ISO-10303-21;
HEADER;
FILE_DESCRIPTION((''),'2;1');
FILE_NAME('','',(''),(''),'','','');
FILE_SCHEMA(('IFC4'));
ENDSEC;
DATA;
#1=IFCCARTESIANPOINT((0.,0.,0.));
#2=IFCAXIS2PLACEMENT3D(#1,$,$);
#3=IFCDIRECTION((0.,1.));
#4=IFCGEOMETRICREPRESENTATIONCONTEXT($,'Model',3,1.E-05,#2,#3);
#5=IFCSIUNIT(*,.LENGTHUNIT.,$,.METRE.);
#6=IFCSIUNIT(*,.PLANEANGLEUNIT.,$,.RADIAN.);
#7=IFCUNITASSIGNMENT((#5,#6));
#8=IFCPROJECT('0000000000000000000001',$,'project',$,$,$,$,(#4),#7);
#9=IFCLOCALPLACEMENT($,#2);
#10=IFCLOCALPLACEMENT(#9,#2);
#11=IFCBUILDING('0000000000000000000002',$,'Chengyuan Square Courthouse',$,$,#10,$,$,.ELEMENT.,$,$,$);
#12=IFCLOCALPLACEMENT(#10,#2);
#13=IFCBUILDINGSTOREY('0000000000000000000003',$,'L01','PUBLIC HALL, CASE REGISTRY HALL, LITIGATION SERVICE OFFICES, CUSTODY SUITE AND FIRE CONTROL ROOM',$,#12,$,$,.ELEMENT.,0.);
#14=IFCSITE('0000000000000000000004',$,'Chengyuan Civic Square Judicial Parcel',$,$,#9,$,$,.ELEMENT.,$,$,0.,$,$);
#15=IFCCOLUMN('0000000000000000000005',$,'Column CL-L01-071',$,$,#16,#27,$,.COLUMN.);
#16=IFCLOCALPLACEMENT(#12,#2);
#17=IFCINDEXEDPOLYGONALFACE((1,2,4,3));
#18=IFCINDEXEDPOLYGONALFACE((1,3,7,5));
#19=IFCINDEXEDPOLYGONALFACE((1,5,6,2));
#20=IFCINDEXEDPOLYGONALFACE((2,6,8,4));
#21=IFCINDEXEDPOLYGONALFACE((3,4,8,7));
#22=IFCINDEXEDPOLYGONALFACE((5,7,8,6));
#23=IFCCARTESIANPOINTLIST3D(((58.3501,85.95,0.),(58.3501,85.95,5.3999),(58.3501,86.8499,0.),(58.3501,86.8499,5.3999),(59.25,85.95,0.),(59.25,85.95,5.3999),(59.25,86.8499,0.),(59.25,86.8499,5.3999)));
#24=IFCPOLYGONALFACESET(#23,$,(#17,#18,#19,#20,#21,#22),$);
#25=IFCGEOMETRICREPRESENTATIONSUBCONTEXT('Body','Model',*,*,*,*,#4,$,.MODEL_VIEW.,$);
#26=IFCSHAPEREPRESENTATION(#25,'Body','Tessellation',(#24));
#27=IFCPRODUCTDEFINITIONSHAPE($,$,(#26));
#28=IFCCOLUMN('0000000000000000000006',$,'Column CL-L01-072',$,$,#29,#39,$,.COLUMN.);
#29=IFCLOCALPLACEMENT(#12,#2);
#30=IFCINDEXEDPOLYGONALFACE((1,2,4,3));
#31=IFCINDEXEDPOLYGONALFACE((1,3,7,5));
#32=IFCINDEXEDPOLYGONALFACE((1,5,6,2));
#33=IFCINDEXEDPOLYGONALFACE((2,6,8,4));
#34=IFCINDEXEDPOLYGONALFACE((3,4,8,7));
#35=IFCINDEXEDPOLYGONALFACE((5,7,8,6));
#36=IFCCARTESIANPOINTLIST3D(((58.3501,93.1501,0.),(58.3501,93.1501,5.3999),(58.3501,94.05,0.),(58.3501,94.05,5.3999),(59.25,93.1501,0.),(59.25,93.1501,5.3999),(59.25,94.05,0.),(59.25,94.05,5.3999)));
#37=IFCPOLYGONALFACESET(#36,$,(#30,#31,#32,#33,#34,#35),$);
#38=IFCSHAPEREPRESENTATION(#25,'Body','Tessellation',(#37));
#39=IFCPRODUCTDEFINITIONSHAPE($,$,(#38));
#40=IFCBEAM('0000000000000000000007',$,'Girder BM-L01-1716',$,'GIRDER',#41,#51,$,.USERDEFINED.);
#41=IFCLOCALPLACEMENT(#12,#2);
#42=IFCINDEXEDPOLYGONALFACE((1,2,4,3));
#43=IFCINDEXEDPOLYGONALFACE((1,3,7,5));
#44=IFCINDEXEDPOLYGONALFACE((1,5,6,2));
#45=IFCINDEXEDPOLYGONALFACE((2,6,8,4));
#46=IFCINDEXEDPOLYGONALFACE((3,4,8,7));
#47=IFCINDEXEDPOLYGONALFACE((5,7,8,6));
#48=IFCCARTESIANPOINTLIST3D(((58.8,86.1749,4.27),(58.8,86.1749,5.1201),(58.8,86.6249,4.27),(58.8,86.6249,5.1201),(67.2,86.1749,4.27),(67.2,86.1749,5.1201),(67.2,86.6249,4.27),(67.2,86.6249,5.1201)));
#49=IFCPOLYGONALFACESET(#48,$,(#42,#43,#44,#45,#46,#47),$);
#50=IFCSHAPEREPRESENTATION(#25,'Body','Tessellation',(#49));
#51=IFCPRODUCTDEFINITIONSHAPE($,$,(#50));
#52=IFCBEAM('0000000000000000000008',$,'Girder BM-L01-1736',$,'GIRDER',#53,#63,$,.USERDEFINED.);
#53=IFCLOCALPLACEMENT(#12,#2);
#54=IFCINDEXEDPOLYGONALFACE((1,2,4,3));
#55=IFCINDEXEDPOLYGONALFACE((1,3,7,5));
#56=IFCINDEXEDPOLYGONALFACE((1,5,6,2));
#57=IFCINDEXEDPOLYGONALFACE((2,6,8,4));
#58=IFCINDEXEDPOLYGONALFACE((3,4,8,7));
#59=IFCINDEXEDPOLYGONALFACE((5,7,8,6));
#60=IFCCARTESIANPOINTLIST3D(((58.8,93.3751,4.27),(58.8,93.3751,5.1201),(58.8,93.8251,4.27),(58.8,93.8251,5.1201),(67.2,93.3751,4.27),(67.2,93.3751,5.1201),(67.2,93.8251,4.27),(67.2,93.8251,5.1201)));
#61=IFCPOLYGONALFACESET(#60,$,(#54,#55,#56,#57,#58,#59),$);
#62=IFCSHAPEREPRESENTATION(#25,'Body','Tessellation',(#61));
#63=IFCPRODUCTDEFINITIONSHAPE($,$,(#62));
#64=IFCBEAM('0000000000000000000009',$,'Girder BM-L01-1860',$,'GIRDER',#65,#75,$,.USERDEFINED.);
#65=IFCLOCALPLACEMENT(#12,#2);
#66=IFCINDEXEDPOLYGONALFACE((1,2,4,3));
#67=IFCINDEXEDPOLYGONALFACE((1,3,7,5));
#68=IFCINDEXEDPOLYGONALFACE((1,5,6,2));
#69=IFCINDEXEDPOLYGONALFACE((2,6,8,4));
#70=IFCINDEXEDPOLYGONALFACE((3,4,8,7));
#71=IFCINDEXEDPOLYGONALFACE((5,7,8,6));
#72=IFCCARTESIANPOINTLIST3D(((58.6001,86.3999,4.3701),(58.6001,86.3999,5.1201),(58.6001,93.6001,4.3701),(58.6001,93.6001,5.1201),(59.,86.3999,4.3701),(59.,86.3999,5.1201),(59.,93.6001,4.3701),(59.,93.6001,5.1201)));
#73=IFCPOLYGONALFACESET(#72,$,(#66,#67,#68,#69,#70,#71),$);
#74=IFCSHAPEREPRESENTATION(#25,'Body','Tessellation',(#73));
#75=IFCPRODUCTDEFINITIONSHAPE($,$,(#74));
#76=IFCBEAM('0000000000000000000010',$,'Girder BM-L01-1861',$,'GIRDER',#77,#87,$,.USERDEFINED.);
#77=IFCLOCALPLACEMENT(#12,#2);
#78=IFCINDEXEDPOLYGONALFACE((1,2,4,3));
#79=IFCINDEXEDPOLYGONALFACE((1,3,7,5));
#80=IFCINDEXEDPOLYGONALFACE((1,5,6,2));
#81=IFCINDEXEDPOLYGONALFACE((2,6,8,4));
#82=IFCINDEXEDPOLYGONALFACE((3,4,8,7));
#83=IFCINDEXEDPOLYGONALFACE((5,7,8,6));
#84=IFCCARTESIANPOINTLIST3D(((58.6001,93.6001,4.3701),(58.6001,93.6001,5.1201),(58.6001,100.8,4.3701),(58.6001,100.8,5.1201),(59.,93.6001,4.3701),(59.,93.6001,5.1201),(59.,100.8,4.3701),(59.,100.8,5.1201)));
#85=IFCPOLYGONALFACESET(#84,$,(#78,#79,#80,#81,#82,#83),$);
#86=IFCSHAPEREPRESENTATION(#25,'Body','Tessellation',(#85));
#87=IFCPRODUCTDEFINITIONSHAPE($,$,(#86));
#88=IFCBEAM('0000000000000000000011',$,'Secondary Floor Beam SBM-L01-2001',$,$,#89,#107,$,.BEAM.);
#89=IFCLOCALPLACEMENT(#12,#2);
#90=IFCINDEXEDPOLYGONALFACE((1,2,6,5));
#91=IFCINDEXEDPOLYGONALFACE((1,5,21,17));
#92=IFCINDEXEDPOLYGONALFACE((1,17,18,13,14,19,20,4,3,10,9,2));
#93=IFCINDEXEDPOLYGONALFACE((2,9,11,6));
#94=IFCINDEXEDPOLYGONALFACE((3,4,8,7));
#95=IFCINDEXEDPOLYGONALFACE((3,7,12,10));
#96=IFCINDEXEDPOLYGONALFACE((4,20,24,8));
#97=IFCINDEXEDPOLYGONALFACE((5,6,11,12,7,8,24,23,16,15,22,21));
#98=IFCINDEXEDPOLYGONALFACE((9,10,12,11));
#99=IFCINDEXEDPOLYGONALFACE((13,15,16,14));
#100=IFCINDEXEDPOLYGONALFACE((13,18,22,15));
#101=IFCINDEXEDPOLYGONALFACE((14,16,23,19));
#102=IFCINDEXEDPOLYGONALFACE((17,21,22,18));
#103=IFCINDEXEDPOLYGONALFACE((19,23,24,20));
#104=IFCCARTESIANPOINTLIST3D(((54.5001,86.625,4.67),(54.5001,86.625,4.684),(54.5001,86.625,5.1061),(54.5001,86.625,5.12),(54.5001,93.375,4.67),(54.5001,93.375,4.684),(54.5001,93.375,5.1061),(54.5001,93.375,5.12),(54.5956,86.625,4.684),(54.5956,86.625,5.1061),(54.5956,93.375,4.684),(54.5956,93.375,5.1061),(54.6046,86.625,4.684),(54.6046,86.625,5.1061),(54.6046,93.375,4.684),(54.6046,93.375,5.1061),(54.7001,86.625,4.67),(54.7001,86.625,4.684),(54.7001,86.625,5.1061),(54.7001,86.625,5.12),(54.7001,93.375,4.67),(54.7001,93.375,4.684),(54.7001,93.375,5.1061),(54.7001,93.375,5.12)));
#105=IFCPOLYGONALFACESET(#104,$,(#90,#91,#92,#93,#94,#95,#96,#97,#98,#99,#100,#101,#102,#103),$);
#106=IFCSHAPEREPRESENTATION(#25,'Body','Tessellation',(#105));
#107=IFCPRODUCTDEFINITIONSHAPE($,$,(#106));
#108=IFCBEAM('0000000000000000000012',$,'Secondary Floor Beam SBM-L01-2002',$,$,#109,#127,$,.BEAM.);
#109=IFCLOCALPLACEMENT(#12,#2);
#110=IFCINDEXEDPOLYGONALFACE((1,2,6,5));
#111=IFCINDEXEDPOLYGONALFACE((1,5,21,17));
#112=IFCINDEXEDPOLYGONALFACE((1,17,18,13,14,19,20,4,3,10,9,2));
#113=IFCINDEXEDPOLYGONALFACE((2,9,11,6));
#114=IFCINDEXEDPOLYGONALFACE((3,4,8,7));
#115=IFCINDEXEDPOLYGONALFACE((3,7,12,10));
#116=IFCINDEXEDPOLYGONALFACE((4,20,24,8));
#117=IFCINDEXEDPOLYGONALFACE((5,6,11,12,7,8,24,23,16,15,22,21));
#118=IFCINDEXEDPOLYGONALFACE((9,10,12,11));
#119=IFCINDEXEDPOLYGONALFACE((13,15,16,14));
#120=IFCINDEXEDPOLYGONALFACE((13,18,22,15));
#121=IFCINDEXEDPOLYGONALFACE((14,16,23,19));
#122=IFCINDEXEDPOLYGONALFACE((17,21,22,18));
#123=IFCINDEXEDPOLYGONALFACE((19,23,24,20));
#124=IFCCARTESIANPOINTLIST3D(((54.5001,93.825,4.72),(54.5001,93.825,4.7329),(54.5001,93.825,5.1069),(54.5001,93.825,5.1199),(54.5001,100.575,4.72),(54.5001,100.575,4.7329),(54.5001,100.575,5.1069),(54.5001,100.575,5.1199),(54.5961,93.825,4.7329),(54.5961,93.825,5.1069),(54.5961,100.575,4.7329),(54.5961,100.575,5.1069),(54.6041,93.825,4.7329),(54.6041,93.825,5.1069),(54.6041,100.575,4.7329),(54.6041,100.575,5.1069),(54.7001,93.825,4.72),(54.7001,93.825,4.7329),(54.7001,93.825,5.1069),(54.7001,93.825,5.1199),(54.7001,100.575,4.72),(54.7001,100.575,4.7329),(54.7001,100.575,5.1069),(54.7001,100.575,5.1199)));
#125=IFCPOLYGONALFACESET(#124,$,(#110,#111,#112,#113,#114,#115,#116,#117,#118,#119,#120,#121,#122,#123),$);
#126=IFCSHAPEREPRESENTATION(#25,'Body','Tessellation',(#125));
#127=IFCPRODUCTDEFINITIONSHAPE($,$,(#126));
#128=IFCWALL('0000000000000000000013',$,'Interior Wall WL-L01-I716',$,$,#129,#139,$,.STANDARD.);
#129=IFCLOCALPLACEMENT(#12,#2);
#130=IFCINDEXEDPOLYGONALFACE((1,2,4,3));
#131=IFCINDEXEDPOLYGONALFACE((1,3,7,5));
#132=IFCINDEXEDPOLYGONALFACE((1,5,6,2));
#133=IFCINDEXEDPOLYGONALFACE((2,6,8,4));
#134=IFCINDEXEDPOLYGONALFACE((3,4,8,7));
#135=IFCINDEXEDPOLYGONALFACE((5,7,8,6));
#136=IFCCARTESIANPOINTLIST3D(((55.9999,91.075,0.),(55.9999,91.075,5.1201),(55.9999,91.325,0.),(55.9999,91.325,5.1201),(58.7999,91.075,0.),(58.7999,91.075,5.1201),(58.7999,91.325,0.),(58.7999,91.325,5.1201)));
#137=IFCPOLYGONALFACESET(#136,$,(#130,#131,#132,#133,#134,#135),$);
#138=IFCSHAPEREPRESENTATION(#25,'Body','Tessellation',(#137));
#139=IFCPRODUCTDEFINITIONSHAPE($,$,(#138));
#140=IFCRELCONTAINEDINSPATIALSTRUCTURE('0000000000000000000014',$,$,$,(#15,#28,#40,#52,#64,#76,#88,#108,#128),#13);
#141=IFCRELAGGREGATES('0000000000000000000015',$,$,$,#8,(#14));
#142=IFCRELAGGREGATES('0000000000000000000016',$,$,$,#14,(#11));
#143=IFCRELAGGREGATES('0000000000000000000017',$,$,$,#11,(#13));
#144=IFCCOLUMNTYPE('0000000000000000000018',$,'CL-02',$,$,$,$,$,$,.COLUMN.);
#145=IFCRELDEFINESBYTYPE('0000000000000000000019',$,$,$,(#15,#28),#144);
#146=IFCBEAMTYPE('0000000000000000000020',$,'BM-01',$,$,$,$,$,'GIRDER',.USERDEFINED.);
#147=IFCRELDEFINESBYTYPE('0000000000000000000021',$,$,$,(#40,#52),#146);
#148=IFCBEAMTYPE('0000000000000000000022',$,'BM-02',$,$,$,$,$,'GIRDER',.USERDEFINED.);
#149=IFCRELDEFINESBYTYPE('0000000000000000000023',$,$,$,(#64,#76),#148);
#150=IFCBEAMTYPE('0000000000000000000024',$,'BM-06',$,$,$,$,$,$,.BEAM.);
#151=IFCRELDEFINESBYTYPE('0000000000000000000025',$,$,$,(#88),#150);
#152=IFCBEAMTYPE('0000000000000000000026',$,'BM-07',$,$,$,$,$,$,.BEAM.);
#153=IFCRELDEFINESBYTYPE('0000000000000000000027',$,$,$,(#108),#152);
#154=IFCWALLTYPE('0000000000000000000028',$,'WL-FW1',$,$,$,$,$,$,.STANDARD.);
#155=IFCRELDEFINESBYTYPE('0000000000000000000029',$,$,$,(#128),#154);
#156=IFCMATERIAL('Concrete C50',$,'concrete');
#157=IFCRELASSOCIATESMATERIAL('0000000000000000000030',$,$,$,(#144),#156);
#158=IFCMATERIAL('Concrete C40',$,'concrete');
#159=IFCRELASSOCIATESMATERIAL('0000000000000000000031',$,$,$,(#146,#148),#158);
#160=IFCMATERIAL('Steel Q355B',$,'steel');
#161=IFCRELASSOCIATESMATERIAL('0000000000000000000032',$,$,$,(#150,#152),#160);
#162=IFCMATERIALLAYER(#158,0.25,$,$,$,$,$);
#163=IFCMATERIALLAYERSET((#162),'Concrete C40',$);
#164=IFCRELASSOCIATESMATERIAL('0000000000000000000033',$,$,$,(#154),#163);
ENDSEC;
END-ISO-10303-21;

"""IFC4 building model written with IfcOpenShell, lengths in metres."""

from ifc_helpers import new_model, si_unit, direction, frame, frame_2d, origin, origin_2d, place, context, subcontext, project, spatial, rectangle, i_section, extrude, material, layer, layer_set, material_profile, profile_set, type_object, element, save


model = new_model("IFC4")

# Units and contexts
model_context = context("Model", 3, precision=1e-05, world=origin(), true_north=direction((0.0, 1.0)))
body_context = subcontext(model_context, "Body", "Model", "MODEL_VIEW")
ifc_project = project(units=[si_unit("LENGTHUNIT", "METRE"), si_unit("PLANEANGLEUNIT", "RADIAN")], contexts=[model_context])

# Site, building, storey
site_placement = place(None, origin())
site = spatial("IfcSite", under=ifc_project, at=site_placement, Name="Chengyuan Civic Square Judicial Parcel", CompositionType="ELEMENT", RefElevation=0.0)
building_placement = place(site_placement, origin())
building = spatial("IfcBuilding", under=site, at=building_placement, Name="Chengyuan Square Courthouse", CompositionType="ELEMENT")
storey_placement = place(building_placement, origin())
storey = spatial("IfcBuildingStorey", under=building, at=storey_placement, Name="L01", Description="PUBLIC HALL, CASE REGISTRY HALL, LITIGATION SERVICE OFFICES, CUSTODY SUITE AND FIRE CONTROL ROOM", CompositionType="ELEMENT", Elevation=0.0)

# Columns
ifc_material_1 = material(Name="Concrete C50", Category="concrete")
ifc_material_profile_1 = material_profile(ifc_material_1, rectangle(XDim=0.8999, YDim=0.8999, at=origin_2d()), Name="RC-COL-900x900")
ifc_profile_set_1 = profile_set([ifc_material_profile_1], Name="Concrete C50")
column_type = type_object("IfcColumnType", Name="CL-02", PredefinedType="COLUMN", material=ifc_profile_set_1)
for number, where, z_axis, x_axis, name in (
    (1, (58.8, 86.3999, 0.0), (0.0, 0.0, 1.0), (1.0, 0.0, 0.0), "Column CL-L01-071"),
    (2, (58.8, 93.6001, 0.0), (0.0, 0.0, 1.0), (1.0, 0.0, 0.0), "Column CL-L01-072"),
):
    element("IfcColumn", number, at=place(storey_placement, frame(where, z_axis=z_axis, x_axis=x_axis)), inside=storey, type_object=column_type, Name=name, PredefinedType="COLUMN", context=body_context, shape_type="SweptSolid", body=[
        extrude(rectangle(XDim=0.8999, YDim=0.8999, at=origin_2d()), origin(), (0.0, 0.0, 1.0), 5.3999),
    ])

# Beams
ifc_material_2 = material(Name="Concrete C40", Category="concrete")
ifc_material_profile_2 = material_profile(ifc_material_2, rectangle(XDim=0.45, YDim=0.8501, at=origin_2d()), Name="RC-BM-450x850")
ifc_profile_set_2 = profile_set([ifc_material_profile_2], Name="Concrete C40")
beam_type_1 = type_object("IfcBeamType", Name="BM-01", ElementType="GIRDER", PredefinedType="USERDEFINED", material=ifc_profile_set_2)
for number, where, z_axis, x_axis, name in (
    (3, (58.8, 86.3999, 4.6951), (1.0, 0.0, 0.0), (0.0, 1.0, 0.0), "Girder BM-L01-1716"),
    (4, (58.8, 93.6001, 4.6951), (1.0, 0.0, 0.0), (0.0, 1.0, 0.0), "Girder BM-L01-1736"),
):
    element("IfcBeam", number, at=place(storey_placement, frame(where, z_axis=z_axis, x_axis=x_axis)), inside=storey, type_object=beam_type_1, Name=name, ObjectType="GIRDER", PredefinedType="USERDEFINED", context=body_context, shape_type="SweptSolid", body=[
        extrude(rectangle(XDim=0.45, YDim=0.8501, at=origin_2d()), origin(), (0.0, 0.0, 1.0), 8.3999),
    ])
ifc_material_profile_3 = material_profile(ifc_material_2, rectangle(XDim=0.3999, YDim=0.75, at=origin_2d()), Name="RC-BM-400x750")
ifc_profile_set_3 = profile_set([ifc_material_profile_3], Name="Concrete C40")
beam_type_2 = type_object("IfcBeamType", Name="BM-02", ElementType="GIRDER", PredefinedType="USERDEFINED", material=ifc_profile_set_3)
beam_1_placement = place(storey_placement, frame((58.8, 86.3999, 4.7451), z_axis=(0.0, 1.0, 0.0), x_axis=(-1.0, 0.0, 0.0)))
element("IfcBeam", 5, at=beam_1_placement, inside=storey, type_object=beam_type_2, Name="Girder BM-L01-1860", ObjectType="GIRDER", PredefinedType="USERDEFINED", context=body_context, shape_type="SweptSolid", body=[
    extrude(rectangle(XDim=0.3999, YDim=0.75, at=origin_2d()), origin(), (0.0, 0.0, 1.0), 7.2002),
])
beam_2_placement = place(storey_placement, frame((58.8, 93.6001, 4.7451), z_axis=(0.0, 1.0, 0.0), x_axis=(-1.0, 0.0, 0.0)))
element("IfcBeam", 6, at=beam_2_placement, inside=storey, type_object=beam_type_2, Name="Girder BM-L01-1861", ObjectType="GIRDER", PredefinedType="USERDEFINED", context=body_context, shape_type="SweptSolid", body=[
    extrude(rectangle(XDim=0.3999, YDim=0.75, at=origin_2d()), origin(), (0.0, 0.0, 1.0), 7.2),
])
ifc_material_3 = material(Name="Steel Q355B", Category="steel")
ifc_material_profile_4 = material_profile(ifc_material_3, i_section(OverallWidth=0.2, OverallDepth=0.45, WebThickness=0.009, FlangeThickness=0.0139, at=origin_2d()), Name="HN 450x200x9x14")
ifc_profile_set_4 = profile_set([ifc_material_profile_4], Name="Steel Q355B")
beam_type_3 = type_object("IfcBeamType", Name="BM-06", PredefinedType="BEAM", material=ifc_profile_set_4)
beam_3_placement = place(storey_placement, frame((54.6001, 86.625, 4.895), z_axis=(0.0, 1.0, 0.0), x_axis=(-1.0, 0.0, 0.0)))
element("IfcBeam", 7, at=beam_3_placement, inside=storey, type_object=beam_type_3, Name="Secondary Floor Beam SBM-L01-2001", PredefinedType="BEAM", context=body_context, shape_type="SweptSolid", body=[
    extrude(i_section(OverallWidth=0.2, OverallDepth=0.45, WebThickness=0.009, FlangeThickness=0.0139, at=origin_2d()), origin(), (0.0, 0.0, 1.0), 6.75),
])
ifc_material_profile_5 = material_profile(ifc_material_3, i_section(OverallWidth=0.2, OverallDepth=0.3999, WebThickness=0.0081, FlangeThickness=0.0129, at=origin_2d()), Name="HN 400x200x8x13")
ifc_profile_set_5 = profile_set([ifc_material_profile_5], Name="Steel Q355B")
beam_type_4 = type_object("IfcBeamType", Name="BM-07", PredefinedType="BEAM", material=ifc_profile_set_5)
beam_4_placement = place(storey_placement, frame((54.6001, 93.825, 4.9199), z_axis=(0.0, 1.0, 0.0), x_axis=(-1.0, 0.0, 0.0)))
element("IfcBeam", 8, at=beam_4_placement, inside=storey, type_object=beam_type_4, Name="Secondary Floor Beam SBM-L01-2002", PredefinedType="BEAM", context=body_context, shape_type="SweptSolid", body=[
    extrude(i_section(OverallWidth=0.2, OverallDepth=0.3999, WebThickness=0.0081, FlangeThickness=0.0129, at=origin_2d()), origin(), (0.0, 0.0, 1.0), 6.75),
])

# Wall
ifc_layer_1 = layer(ifc_material_2, 0.25)
ifc_layer_set_1 = layer_set([ifc_layer_1], Name="Concrete C40")
wall_type_1 = type_object("IfcWallType", Name="WL-FW1", PredefinedType="STANDARD", material=ifc_layer_set_1)
wall_1_placement = place(storey_placement, frame((56.0, 91.2, 0.0), z_axis=(0.0, 0.0, 1.0), x_axis=(1.0, 0.0, 0.0)))
element("IfcWall", 9, at=wall_1_placement, inside=storey, type_object=wall_type_1, Name="Interior Wall WL-L01-I716", PredefinedType="STANDARD", context=body_context, shape_type="SweptSolid", body=[
    extrude(rectangle(XDim=2.8, YDim=0.25, at=frame_2d((1.3999, 0.0))), origin(), (0.0, 0.0, 1.0), 5.1201),
])

save(model, "model.ifc")
